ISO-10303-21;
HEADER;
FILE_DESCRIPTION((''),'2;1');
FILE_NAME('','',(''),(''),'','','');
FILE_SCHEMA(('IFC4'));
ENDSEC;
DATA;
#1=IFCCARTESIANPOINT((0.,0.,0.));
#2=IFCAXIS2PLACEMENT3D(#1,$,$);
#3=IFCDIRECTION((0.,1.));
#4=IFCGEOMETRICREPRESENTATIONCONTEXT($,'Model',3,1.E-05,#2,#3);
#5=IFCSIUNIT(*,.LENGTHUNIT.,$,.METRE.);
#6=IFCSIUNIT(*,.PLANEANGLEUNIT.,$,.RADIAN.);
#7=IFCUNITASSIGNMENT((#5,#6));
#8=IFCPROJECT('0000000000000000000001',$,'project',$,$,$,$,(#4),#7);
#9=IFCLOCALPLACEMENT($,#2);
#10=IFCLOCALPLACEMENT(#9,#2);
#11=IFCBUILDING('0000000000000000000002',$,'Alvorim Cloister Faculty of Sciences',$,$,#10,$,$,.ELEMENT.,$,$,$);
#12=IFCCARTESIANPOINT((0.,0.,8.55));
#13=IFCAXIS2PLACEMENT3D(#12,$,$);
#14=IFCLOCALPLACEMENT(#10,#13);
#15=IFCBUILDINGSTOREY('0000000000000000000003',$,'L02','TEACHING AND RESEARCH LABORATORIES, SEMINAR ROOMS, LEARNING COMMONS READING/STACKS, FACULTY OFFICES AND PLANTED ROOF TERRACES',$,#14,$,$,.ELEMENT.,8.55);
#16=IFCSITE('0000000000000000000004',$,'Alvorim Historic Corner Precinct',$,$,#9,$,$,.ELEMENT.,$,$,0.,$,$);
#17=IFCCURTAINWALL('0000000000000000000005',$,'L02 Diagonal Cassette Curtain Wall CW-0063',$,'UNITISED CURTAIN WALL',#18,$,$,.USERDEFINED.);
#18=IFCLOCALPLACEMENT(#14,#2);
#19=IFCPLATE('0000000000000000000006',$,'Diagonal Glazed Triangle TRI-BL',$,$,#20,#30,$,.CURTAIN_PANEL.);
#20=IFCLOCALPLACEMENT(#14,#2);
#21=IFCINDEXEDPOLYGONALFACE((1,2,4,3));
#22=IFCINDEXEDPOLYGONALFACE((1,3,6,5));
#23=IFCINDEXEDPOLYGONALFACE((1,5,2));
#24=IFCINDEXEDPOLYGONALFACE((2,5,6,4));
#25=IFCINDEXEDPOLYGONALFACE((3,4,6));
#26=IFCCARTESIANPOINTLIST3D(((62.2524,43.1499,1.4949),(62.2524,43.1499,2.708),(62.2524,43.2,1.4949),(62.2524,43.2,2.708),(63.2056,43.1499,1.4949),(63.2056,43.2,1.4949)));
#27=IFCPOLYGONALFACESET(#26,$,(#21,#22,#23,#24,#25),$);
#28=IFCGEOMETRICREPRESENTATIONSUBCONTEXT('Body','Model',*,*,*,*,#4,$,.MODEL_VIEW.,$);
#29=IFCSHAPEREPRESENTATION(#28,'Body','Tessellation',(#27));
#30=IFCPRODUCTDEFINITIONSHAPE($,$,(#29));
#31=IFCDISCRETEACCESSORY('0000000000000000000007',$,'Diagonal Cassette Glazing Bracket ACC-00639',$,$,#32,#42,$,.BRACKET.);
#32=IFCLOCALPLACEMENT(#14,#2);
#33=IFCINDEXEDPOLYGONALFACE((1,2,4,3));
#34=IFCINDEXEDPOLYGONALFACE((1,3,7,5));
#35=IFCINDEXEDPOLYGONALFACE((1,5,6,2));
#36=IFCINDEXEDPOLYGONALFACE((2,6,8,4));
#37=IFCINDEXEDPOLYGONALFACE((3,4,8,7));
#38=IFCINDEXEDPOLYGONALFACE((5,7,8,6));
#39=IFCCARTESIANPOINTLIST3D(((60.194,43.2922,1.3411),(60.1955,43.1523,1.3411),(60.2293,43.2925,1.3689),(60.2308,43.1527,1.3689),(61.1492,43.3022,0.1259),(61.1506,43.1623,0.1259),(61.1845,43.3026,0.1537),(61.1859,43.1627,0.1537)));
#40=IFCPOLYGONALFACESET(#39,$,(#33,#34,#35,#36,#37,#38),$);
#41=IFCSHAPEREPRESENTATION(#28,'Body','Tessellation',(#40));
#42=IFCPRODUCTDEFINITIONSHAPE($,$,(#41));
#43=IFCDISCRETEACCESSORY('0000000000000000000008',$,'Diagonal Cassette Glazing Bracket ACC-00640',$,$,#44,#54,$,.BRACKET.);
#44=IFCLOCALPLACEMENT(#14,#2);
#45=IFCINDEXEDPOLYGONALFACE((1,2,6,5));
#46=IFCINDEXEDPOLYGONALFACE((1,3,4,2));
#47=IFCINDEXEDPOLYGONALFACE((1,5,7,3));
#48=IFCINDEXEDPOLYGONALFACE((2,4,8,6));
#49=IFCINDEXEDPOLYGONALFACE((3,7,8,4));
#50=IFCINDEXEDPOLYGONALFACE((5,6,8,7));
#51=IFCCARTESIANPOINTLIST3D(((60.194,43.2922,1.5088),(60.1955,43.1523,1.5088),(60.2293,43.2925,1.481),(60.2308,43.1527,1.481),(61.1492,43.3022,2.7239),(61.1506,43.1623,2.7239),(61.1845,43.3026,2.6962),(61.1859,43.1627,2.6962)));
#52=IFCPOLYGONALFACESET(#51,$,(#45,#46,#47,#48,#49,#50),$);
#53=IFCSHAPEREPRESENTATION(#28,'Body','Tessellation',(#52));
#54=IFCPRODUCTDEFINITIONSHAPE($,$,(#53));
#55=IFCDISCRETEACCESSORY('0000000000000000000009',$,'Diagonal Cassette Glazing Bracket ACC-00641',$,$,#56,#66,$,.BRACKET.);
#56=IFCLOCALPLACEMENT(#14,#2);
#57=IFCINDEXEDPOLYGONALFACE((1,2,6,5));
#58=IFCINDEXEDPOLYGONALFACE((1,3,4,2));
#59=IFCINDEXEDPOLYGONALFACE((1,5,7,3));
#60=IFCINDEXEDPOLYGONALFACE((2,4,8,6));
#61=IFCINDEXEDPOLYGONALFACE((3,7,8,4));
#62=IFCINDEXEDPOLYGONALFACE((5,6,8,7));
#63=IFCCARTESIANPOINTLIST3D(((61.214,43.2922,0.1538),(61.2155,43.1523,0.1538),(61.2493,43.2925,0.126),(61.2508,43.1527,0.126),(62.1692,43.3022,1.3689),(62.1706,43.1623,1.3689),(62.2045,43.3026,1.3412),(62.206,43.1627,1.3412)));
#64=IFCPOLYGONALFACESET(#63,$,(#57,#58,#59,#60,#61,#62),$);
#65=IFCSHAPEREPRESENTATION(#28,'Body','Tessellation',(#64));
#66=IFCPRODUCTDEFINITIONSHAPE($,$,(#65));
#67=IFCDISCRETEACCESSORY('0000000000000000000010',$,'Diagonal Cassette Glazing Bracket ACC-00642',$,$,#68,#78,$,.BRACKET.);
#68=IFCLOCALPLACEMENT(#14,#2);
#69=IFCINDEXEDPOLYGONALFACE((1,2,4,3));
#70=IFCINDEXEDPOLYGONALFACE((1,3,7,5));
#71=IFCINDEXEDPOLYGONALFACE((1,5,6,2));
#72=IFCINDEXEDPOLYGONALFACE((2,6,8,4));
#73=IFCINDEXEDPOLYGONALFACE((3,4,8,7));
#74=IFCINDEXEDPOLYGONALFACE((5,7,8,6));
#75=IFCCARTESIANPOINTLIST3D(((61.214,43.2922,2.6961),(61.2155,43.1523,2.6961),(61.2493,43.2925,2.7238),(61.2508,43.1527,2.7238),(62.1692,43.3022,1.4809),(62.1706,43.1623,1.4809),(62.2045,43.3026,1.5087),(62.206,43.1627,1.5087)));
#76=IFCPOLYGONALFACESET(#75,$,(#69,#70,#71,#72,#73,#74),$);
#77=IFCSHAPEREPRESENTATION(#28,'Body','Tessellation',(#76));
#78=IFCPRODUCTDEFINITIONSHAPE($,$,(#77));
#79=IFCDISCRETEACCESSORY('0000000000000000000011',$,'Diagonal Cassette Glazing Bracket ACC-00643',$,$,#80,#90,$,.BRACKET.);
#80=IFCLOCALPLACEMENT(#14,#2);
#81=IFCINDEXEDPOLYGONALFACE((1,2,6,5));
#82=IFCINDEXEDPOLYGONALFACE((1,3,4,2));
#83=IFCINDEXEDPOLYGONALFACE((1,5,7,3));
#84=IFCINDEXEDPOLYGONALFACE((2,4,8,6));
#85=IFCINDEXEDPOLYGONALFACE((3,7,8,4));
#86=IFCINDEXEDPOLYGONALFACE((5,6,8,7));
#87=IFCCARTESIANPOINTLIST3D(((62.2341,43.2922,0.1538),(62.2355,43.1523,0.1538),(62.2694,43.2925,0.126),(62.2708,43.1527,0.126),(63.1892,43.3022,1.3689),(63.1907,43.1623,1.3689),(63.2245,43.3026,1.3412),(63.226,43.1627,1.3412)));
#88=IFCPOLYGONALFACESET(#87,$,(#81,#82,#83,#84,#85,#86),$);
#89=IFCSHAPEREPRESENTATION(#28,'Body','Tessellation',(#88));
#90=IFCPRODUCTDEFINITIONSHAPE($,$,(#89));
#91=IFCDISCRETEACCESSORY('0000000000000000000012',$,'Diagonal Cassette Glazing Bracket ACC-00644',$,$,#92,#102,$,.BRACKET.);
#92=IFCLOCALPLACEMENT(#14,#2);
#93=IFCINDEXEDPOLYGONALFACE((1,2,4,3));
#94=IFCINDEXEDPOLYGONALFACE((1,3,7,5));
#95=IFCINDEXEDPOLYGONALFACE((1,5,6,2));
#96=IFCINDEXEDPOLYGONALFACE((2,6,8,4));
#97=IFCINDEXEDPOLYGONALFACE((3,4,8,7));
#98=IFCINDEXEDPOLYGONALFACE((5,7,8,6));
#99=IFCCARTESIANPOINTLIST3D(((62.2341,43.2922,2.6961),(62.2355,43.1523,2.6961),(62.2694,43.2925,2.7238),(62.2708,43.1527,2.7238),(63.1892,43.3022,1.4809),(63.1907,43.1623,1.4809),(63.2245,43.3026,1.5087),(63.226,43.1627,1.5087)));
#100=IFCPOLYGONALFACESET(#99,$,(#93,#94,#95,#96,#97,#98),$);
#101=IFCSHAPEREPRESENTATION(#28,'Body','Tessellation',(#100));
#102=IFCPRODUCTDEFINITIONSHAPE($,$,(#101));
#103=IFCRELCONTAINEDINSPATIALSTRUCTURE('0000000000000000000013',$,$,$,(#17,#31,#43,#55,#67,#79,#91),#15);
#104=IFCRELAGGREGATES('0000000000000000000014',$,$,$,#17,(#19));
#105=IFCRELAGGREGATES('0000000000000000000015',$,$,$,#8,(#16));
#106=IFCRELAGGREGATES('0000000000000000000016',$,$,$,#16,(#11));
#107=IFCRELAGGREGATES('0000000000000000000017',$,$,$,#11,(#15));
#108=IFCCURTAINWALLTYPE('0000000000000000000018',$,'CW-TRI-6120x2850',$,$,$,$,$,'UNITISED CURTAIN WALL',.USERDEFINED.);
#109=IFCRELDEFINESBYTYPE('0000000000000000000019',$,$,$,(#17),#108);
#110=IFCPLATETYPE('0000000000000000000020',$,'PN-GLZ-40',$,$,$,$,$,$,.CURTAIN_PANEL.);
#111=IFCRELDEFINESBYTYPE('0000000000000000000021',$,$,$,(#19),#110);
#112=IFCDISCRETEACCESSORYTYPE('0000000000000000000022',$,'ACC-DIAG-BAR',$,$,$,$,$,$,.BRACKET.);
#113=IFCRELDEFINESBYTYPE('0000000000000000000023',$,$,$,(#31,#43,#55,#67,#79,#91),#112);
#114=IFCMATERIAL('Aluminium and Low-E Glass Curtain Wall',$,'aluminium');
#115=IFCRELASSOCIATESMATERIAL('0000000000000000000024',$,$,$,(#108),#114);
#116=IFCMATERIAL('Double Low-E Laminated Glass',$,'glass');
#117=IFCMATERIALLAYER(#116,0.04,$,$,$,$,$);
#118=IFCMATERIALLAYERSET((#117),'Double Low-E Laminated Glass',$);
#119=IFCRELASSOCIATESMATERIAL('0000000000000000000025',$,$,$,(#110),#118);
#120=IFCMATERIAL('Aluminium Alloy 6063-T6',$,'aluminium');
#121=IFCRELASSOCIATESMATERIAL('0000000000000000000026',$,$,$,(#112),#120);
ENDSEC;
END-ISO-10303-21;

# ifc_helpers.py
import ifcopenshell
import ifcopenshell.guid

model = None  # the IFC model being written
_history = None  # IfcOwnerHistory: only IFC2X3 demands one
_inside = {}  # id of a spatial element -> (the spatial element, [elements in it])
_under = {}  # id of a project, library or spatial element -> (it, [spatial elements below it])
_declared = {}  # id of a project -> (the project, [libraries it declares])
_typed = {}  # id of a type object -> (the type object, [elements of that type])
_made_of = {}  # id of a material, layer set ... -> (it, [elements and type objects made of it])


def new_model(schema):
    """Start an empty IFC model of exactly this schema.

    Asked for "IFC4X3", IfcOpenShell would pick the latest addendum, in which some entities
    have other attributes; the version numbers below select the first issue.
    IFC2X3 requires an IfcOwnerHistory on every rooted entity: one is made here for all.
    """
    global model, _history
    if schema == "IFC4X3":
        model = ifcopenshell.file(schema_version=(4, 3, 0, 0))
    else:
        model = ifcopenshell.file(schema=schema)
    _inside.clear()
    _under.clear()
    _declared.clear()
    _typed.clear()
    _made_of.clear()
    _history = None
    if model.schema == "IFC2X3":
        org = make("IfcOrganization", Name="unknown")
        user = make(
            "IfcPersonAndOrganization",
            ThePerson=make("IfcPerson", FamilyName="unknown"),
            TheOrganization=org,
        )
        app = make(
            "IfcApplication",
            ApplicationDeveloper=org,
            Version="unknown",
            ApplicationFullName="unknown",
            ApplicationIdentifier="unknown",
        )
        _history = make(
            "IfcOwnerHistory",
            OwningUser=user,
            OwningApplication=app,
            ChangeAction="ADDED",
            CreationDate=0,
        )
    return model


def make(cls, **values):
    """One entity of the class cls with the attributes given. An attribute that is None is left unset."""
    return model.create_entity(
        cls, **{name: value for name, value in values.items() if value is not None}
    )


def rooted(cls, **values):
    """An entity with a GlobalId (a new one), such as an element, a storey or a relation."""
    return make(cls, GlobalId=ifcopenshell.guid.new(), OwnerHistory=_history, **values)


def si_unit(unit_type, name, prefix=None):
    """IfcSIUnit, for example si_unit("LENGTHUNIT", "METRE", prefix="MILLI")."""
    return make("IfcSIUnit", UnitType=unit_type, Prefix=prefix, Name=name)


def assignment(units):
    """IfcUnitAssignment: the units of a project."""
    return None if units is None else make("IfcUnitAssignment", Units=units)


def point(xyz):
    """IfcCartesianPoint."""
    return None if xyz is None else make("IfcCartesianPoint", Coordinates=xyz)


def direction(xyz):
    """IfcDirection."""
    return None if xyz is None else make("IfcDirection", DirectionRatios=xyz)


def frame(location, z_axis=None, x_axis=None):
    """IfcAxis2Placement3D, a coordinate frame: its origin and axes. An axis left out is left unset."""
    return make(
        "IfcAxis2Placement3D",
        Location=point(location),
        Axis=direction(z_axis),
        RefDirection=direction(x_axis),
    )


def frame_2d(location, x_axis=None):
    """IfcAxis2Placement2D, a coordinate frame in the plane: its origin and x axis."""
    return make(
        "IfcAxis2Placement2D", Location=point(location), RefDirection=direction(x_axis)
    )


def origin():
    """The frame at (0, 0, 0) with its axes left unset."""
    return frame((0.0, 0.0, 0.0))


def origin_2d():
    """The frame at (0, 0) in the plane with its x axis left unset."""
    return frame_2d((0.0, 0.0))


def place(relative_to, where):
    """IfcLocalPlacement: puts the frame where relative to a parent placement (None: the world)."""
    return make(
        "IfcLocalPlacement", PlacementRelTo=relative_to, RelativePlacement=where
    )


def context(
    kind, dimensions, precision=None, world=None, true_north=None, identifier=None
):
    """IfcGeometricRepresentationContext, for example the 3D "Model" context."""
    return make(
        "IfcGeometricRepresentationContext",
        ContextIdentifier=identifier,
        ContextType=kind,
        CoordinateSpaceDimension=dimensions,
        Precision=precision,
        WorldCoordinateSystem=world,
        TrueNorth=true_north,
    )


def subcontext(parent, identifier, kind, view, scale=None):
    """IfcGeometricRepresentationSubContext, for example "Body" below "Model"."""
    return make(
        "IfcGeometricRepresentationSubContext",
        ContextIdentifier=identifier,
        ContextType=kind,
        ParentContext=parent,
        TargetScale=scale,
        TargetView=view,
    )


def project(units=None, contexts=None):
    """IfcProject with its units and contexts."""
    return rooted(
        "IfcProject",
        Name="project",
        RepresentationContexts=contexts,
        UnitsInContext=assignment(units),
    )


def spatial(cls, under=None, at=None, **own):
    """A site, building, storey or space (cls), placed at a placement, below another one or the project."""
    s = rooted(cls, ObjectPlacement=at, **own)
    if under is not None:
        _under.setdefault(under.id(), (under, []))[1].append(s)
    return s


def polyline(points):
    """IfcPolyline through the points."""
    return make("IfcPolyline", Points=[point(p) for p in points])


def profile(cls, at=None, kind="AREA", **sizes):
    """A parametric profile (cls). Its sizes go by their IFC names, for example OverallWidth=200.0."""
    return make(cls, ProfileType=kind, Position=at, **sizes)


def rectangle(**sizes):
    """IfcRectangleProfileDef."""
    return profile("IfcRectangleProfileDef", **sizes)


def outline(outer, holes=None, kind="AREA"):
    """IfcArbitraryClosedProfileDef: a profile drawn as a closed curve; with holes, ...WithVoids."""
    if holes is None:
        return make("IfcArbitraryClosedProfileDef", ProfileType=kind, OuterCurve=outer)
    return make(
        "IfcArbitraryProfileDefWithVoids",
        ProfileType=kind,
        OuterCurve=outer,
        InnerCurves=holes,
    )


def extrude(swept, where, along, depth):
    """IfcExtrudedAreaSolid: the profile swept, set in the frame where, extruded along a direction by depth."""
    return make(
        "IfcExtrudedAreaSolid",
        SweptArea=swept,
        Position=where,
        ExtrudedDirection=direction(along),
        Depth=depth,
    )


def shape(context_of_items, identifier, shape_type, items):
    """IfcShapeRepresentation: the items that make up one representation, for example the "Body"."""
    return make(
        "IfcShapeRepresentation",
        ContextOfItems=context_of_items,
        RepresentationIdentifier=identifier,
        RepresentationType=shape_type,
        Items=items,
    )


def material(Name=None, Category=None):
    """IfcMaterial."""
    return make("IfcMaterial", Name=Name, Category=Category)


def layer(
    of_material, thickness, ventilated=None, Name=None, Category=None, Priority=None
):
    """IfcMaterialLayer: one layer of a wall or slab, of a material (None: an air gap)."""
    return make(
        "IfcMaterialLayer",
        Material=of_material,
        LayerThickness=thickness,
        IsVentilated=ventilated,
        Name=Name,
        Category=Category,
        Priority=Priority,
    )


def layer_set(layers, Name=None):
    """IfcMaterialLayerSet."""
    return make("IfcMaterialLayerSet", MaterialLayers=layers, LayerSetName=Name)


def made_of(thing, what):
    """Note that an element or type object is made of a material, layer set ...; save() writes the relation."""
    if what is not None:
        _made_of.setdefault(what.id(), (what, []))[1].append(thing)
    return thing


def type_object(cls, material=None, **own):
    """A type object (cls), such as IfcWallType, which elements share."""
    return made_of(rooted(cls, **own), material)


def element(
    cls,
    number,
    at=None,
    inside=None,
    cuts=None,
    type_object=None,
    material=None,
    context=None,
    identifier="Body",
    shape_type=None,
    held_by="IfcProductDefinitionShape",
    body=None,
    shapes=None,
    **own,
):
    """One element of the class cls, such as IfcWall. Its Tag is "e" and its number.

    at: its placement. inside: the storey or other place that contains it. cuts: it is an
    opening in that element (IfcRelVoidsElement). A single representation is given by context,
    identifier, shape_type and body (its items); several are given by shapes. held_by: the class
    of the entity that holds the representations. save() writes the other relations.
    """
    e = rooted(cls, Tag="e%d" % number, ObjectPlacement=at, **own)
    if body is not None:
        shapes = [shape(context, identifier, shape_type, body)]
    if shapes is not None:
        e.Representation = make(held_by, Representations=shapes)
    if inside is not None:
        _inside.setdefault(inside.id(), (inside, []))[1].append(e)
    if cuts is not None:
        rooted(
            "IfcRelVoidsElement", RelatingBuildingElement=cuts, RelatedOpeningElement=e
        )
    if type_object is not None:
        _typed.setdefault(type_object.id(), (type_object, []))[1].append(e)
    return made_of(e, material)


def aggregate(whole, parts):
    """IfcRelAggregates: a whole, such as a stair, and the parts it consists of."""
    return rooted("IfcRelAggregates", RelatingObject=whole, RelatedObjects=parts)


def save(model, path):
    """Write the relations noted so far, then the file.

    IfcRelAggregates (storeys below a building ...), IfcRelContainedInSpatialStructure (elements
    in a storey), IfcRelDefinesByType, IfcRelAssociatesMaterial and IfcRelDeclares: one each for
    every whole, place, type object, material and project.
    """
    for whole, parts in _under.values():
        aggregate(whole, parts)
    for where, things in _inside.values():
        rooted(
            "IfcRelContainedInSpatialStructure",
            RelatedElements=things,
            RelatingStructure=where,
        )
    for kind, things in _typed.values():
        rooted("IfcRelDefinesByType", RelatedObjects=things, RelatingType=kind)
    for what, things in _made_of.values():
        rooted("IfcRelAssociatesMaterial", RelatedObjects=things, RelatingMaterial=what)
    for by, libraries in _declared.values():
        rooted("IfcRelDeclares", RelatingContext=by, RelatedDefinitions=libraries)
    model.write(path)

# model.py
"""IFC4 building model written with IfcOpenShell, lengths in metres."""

from ifc_helpers import new_model, si_unit, direction, frame, origin, origin_2d, place, context, subcontext, project, spatial, polyline, rectangle, outline, extrude, material, layer, layer_set, type_object, element, aggregate, save


model = new_model("IFC4")

# Units and contexts
model_context = context("Model", 3, precision=1e-05, world=origin(), true_north=direction((0.0, 1.0)))
body_context = subcontext(model_context, "Body", "Model", "MODEL_VIEW")
ifc_project = project(units=[si_unit("LENGTHUNIT", "METRE"), si_unit("PLANEANGLEUNIT", "RADIAN")], contexts=[model_context])

# Site, building, storey
site_placement = place(None, origin())
site = spatial("IfcSite", under=ifc_project, at=site_placement, Name="Alvorim Historic Corner Precinct", CompositionType="ELEMENT", RefElevation=0.0)
building_placement = place(site_placement, origin())
building = spatial("IfcBuilding", under=site, at=building_placement, Name="Alvorim Cloister Faculty of Sciences", CompositionType="ELEMENT")
storey_placement = place(building_placement, frame((0.0, 0.0, 8.55)))
storey = spatial("IfcBuildingStorey", under=building, at=storey_placement, Name="L02", Description="TEACHING AND RESEARCH LABORATORIES, SEMINAR ROOMS, LEARNING COMMONS READING/STACKS, FACULTY OFFICES AND PLANTED ROOF TERRACES", CompositionType="ELEMENT", Elevation=8.55)

# Curtain wall, plate
ifc_material_1 = material(Name="Aluminium and Low-E Glass Curtain Wall", Category="aluminium")
curtain_wall_type = type_object("IfcCurtainWallType", Name="CW-TRI-6120x2850", ElementType="UNITISED CURTAIN WALL", PredefinedType="USERDEFINED", material=ifc_material_1)
curtain_wall_placement = place(storey_placement, origin())
curtain_wall = element("IfcCurtainWall", 1, at=curtain_wall_placement, inside=storey, type_object=curtain_wall_type, Name="L02 Diagonal Cassette Curtain Wall CW-0063", ObjectType="UNITISED CURTAIN WALL", PredefinedType="USERDEFINED")
ifc_material_2 = material(Name="Aluminium Alloy 6063-T6", Category="aluminium")
ifc_material_3 = material(Name="Double Low-E Laminated Glass", Category="glass")
ifc_layer = layer(ifc_material_3, 0.04)
ifc_layer_set = layer_set([ifc_layer], Name="Double Low-E Laminated Glass")
plate_type = type_object("IfcPlateType", Name="PN-GLZ-40", PredefinedType="CURTAIN_PANEL", material=ifc_layer_set)
plate_1_placement = place(storey_placement, frame((62.2524, 43.175, 1.4949), z_axis=(0.0, 0.0, 1.0), x_axis=(1.0, 0.0, 0.0)))
plate_1 = element("IfcPlate", 2, at=plate_1_placement, type_object=plate_type, Name="Diagonal Glazed Triangle TRI-BL", PredefinedType="CURTAIN_PANEL", context=body_context, shape_type="SweptSolid", body=[
    extrude(outline(polyline([(0.0, 0.0), (0.9531, 0.0), (0.0, 1.2131), (0.0, 0.0)])), frame((0.0, 0.0249, 0.0), z_axis=(0.0, -1.0, 0.0), x_axis=(1.0, 0.0, 0.0)), (0.0, 0.0, 1.0), 0.05),
])
aggregate(curtain_wall, [plate_1])

# Discrete accessories
discrete_accessory_type = type_object("IfcDiscreteAccessoryType", Name="ACC-DIAG-BAR", PredefinedType="BRACKET", material=ifc_material_2)
for number, where, z_axis, x_axis, name in (
    (3, (60.2124, 43.2224, 1.355), (0.617955, 0.006477, -0.786187), (-0.01048, 0.999945, 0.0), "Diagonal Cassette Glazing Bracket ACC-00639"),
    (4, (60.2124, 43.2224, 1.4949), (0.617955, 0.006477, 0.786187), (-0.01048, 0.999945, 0.0), "Diagonal Cassette Glazing Bracket ACC-00640"),
    (5, (61.2324, 43.2224, 0.1399), (0.617955, 0.006477, 0.786187), (-0.01048, 0.999945, 0.0), "Diagonal Cassette Glazing Bracket ACC-00641"),
    (6, (61.2324, 43.2224, 2.71), (0.617955, 0.006477, -0.786187), (-0.01048, 0.999945, 0.0), "Diagonal Cassette Glazing Bracket ACC-00642"),
    (7, (62.2524, 43.2224, 0.1399), (0.617955, 0.006477, 0.786187), (-0.01048, 0.999945, 0.0), "Diagonal Cassette Glazing Bracket ACC-00643"),
    (8, (62.2524, 43.2224, 2.71), (0.617955, 0.006477, -0.786187), (-0.01048, 0.999945, 0.0), "Diagonal Cassette Glazing Bracket ACC-00644"),
):
    element("IfcDiscreteAccessory", number, at=place(storey_placement, frame(where, z_axis=z_axis, x_axis=x_axis)), inside=storey, type_object=discrete_accessory_type, Name=name, PredefinedType="BRACKET", context=body_context, shape_type="SweptSolid", body=[
        extrude(rectangle(XDim=0.1399, YDim=0.0449, at=origin_2d()), origin(), (0.0, 0.0, 1.0), 1.5457),
    ])

save(model, "model.ifc")
